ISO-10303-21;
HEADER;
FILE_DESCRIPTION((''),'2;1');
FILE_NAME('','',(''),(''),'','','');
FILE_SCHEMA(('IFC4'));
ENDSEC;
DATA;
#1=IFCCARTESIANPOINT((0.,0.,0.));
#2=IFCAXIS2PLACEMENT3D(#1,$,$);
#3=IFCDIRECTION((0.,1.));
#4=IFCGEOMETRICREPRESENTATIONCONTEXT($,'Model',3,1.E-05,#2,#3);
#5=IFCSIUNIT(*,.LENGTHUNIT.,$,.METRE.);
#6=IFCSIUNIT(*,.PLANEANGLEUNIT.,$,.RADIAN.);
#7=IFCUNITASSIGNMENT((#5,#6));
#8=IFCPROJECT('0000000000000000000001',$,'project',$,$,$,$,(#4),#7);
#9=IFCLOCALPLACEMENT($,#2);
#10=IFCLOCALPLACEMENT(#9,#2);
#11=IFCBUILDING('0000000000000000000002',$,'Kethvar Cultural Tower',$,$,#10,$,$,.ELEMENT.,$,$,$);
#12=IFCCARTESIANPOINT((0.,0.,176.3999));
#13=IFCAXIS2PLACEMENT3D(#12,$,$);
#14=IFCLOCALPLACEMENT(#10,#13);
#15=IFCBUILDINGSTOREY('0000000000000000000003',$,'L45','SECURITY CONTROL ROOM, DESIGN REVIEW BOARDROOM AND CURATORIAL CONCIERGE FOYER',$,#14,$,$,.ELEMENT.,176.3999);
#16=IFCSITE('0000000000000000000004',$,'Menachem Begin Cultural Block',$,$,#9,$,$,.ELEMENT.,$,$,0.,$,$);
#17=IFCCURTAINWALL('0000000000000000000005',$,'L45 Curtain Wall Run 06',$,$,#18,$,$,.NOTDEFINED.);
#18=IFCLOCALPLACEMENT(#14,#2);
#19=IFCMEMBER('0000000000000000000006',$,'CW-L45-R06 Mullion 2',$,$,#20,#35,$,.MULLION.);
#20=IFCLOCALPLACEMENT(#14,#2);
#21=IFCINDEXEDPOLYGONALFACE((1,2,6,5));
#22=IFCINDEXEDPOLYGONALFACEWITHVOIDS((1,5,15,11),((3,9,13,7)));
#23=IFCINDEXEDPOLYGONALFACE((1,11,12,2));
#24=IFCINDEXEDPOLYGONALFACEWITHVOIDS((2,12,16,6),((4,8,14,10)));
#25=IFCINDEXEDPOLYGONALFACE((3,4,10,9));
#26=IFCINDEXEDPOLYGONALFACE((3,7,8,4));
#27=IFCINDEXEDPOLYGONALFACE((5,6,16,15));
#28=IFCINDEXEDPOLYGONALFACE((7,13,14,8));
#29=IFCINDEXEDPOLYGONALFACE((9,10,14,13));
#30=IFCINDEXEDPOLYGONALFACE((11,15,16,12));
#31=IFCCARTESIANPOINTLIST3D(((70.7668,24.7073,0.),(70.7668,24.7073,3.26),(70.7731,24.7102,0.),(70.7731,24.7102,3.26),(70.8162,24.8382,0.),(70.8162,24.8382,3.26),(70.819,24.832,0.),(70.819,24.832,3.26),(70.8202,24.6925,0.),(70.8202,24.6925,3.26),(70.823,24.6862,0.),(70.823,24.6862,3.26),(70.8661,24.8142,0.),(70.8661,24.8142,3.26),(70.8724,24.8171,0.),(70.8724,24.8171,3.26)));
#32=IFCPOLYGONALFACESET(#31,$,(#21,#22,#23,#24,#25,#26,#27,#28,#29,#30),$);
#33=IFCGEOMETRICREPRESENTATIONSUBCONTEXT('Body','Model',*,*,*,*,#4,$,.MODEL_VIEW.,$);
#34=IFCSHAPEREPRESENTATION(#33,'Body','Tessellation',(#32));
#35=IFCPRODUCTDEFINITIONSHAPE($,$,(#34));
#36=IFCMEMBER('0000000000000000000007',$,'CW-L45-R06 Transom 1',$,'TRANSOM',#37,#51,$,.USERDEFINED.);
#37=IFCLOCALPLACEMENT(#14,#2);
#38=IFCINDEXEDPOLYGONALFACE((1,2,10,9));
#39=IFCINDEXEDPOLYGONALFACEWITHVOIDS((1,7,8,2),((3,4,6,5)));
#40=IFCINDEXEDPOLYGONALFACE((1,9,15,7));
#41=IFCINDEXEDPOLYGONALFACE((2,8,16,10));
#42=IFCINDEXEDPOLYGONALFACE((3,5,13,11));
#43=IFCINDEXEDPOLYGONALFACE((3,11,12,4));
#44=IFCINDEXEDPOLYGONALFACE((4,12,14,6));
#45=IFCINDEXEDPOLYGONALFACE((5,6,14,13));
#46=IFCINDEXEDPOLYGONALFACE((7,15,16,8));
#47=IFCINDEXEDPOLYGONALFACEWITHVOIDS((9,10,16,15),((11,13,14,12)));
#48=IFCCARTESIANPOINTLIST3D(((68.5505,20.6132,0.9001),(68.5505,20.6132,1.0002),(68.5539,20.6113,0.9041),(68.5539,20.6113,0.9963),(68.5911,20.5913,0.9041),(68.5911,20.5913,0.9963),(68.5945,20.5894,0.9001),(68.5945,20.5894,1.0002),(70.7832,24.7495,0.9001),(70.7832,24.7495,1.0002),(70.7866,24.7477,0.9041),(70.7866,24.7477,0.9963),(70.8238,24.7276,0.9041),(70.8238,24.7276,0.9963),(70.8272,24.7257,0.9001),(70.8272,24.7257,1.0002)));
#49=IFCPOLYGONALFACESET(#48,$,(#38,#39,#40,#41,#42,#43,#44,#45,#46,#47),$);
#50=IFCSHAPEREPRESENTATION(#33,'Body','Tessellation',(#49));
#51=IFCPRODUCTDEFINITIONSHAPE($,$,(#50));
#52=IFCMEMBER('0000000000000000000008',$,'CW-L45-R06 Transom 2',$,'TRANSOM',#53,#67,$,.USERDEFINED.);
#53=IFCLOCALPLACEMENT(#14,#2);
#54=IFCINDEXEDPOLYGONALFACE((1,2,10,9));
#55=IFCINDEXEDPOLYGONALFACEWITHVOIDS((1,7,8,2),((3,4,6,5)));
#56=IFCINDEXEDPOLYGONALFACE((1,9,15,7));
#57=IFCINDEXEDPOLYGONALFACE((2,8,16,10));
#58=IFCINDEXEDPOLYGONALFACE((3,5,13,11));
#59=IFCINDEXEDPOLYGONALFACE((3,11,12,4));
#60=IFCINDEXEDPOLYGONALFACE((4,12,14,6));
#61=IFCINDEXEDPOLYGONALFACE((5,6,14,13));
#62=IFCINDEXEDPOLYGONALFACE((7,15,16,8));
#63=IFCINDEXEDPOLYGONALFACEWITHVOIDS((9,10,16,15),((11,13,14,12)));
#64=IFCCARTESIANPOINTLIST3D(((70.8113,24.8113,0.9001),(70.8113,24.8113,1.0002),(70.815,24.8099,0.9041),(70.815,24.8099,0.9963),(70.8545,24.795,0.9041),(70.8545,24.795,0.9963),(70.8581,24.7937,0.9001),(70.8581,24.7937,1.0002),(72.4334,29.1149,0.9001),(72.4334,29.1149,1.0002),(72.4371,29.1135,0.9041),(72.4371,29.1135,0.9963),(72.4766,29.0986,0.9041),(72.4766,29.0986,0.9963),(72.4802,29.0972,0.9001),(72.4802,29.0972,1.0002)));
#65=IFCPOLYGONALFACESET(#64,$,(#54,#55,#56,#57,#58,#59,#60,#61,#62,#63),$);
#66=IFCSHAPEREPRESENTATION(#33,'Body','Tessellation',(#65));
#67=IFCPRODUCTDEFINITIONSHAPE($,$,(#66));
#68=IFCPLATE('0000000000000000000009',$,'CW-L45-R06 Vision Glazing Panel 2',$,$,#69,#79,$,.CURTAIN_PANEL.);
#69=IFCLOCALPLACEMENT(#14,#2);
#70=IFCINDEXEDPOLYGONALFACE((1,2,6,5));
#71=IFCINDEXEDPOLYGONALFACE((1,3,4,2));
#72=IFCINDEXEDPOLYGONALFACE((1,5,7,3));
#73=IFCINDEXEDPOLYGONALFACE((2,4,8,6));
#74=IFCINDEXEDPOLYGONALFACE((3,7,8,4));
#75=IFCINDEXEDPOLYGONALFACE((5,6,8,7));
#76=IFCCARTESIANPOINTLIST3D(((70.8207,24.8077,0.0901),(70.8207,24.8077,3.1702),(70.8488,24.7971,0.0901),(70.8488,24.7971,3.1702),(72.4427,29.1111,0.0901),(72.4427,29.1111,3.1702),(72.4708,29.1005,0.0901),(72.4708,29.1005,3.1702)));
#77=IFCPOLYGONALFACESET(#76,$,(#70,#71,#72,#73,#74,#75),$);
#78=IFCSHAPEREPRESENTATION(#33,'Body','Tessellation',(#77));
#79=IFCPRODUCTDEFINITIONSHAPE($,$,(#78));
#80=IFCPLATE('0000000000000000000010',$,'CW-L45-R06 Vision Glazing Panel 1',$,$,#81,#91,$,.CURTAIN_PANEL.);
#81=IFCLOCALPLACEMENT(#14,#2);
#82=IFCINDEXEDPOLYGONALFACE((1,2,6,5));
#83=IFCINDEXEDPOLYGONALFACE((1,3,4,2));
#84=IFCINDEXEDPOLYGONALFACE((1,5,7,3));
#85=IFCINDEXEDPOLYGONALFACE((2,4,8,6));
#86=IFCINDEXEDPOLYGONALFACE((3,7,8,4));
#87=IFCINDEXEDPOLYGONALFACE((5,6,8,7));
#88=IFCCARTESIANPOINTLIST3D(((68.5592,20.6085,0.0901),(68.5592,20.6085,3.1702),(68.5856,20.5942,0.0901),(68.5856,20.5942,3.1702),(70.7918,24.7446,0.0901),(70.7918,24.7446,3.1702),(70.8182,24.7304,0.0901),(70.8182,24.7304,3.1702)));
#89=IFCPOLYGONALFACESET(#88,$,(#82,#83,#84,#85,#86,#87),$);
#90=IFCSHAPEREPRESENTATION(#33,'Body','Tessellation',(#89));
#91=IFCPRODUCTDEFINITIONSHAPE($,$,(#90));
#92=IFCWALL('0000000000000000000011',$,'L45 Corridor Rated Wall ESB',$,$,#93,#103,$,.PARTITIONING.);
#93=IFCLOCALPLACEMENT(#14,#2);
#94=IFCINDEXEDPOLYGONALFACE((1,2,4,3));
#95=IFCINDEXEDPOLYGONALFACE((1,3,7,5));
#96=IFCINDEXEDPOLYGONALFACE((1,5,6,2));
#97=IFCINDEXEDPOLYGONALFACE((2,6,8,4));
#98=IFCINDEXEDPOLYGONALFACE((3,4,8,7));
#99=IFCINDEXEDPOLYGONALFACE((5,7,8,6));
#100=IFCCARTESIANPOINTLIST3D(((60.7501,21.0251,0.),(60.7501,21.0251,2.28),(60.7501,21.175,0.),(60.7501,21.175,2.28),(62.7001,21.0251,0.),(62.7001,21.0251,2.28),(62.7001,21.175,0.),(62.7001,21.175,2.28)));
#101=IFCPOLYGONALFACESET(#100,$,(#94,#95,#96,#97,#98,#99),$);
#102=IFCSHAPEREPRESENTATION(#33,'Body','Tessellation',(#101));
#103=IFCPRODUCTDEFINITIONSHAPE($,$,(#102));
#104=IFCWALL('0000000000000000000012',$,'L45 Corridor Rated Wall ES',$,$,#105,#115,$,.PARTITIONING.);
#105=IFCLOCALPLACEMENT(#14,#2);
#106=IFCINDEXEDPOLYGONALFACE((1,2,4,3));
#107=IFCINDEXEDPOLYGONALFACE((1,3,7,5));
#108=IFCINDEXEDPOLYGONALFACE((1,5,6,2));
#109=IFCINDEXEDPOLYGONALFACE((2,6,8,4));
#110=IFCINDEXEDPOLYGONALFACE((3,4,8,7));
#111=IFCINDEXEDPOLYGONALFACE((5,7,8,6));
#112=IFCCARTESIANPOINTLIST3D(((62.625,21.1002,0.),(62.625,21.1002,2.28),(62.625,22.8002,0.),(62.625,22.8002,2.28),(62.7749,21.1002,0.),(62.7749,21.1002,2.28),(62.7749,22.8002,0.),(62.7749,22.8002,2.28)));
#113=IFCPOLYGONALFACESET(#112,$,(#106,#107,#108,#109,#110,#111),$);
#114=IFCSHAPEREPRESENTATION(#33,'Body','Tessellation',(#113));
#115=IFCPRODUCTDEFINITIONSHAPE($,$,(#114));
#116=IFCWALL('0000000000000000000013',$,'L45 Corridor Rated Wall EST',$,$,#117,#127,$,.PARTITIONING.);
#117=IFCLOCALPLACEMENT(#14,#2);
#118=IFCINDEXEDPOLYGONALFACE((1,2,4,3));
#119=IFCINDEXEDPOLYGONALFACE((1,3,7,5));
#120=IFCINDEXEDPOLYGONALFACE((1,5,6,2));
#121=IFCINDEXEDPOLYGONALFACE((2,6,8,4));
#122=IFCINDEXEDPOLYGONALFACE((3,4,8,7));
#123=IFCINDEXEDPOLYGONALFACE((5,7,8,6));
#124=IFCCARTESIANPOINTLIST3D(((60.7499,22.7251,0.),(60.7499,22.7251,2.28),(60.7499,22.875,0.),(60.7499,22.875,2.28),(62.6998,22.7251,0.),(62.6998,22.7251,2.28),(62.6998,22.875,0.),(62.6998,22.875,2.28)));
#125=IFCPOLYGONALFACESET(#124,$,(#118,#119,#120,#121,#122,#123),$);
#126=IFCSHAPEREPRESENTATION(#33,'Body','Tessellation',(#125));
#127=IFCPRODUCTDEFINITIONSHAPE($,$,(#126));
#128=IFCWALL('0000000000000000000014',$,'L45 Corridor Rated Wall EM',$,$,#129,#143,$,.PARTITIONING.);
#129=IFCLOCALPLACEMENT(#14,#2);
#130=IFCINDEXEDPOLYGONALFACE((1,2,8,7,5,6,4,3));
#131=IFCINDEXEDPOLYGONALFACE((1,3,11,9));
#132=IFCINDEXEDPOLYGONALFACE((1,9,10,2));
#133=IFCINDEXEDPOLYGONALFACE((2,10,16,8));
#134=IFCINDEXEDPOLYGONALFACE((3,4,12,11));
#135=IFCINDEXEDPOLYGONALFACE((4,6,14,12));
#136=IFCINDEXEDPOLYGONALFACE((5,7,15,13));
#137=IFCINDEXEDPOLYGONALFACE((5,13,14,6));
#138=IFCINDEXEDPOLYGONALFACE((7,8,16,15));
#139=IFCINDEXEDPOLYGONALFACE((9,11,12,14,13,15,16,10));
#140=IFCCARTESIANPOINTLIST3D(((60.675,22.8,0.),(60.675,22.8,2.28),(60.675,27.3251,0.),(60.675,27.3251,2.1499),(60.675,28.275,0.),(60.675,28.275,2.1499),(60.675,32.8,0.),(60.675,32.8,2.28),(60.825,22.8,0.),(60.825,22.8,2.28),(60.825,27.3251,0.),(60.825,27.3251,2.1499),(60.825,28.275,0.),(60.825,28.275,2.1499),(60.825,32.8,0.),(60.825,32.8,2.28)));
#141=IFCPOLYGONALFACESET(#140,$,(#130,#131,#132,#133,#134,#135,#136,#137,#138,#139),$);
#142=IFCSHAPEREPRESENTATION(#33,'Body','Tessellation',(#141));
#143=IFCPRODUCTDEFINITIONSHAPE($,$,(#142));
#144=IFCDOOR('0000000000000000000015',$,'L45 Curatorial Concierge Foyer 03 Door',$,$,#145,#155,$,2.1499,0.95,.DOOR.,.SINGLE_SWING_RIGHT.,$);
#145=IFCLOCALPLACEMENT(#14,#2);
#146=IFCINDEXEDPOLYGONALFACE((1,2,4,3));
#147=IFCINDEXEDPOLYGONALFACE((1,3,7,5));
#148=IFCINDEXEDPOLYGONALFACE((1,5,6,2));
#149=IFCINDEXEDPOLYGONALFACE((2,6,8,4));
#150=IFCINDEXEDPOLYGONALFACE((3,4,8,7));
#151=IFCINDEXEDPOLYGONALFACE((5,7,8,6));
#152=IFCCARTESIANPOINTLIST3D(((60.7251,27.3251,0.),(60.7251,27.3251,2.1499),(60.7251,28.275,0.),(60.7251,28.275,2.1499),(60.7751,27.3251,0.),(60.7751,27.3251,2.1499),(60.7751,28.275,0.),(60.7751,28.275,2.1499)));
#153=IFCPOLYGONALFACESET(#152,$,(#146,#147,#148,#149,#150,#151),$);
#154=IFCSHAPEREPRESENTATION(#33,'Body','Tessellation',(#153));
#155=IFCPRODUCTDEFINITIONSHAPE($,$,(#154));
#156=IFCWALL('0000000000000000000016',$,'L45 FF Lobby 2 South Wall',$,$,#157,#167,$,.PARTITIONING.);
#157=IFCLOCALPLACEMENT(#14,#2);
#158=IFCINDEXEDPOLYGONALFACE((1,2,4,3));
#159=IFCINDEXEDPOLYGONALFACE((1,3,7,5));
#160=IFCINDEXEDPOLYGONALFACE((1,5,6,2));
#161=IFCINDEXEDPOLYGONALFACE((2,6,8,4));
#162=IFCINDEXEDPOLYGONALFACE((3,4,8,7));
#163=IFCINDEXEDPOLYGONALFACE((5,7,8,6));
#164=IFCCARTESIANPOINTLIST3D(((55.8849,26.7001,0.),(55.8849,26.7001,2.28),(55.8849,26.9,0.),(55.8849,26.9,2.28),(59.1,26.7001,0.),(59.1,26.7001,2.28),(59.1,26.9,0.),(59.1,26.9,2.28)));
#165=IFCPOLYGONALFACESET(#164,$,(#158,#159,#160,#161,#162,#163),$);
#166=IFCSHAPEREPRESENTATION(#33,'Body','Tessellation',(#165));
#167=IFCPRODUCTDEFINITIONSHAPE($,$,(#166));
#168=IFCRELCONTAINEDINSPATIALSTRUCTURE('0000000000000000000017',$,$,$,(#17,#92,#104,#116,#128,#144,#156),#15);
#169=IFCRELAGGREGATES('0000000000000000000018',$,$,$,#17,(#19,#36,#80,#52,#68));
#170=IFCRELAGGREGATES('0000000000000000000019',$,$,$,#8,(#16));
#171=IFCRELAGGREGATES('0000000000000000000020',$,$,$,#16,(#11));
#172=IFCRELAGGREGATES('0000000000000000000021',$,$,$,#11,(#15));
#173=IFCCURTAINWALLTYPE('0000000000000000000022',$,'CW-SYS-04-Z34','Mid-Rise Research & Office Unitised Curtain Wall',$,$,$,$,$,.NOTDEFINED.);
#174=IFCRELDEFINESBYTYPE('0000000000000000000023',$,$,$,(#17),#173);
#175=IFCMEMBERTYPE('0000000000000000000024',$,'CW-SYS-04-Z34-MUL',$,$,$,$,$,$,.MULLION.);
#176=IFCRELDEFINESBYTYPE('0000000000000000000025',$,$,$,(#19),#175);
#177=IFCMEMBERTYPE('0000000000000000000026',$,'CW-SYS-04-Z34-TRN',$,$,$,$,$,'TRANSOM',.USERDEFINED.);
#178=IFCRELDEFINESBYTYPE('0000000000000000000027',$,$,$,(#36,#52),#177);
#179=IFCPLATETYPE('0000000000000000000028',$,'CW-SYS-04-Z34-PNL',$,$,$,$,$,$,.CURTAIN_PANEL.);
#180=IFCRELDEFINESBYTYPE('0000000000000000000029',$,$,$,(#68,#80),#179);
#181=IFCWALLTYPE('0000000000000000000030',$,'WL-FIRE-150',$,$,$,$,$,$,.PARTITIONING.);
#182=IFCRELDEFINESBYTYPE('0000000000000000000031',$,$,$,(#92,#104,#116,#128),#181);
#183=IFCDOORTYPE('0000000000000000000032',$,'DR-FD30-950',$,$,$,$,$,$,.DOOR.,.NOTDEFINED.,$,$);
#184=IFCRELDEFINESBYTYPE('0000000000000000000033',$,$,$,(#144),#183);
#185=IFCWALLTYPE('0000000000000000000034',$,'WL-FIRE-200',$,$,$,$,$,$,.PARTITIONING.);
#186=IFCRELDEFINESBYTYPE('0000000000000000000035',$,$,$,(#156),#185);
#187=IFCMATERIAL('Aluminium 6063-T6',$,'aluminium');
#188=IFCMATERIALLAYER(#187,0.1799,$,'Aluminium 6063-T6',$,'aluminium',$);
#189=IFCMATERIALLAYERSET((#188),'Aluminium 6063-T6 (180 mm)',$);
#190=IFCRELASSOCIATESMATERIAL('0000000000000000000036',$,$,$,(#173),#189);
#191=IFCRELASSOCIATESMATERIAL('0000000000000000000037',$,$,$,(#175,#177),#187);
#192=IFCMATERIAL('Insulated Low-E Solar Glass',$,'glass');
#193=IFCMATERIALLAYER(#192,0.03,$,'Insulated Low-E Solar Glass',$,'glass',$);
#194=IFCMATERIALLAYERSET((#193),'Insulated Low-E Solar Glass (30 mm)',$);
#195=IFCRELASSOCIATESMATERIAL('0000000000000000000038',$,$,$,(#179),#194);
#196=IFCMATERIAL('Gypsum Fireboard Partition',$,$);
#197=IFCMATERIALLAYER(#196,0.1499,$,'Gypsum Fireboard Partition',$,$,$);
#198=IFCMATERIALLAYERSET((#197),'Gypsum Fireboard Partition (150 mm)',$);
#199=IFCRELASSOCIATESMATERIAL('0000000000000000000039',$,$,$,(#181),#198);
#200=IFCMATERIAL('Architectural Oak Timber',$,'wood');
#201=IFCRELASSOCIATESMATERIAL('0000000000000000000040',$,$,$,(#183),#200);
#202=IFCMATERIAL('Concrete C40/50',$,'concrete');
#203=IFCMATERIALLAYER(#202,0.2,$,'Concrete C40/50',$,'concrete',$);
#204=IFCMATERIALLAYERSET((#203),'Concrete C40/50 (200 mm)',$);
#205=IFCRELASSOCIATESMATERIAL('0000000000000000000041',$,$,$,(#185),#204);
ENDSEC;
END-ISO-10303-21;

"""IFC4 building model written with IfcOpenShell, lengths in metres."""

from ifc_helpers import new_model, si_unit, direction, frame, frame_2d, origin, origin_2d, place, context, subcontext, project, spatial, rectangle, hollow_rectangle, extrude, source, transform, mapped, material, layer, layer_set, material_profile, profile_set, type_object, element, fill, aggregate, save


model = new_model("IFC4")

# Units and contexts
model_context = context("Model", 3, precision=1e-05, world=origin(), true_north=direction((0.0, 1.0)))
body_context = subcontext(model_context, "Body", "Model", "MODEL_VIEW")
ifc_project = project(units=[si_unit("LENGTHUNIT", "METRE"), si_unit("PLANEANGLEUNIT", "RADIAN")], contexts=[model_context])

# Site, building, storey
site_placement = place(None, origin())
site = spatial("IfcSite", under=ifc_project, at=site_placement, Name="Menachem Begin Cultural Block", CompositionType="ELEMENT", RefElevation=0.0)
building_placement = place(site_placement, origin())
building = spatial("IfcBuilding", under=site, at=building_placement, Name="Kethvar Cultural Tower", CompositionType="ELEMENT")
storey_placement = place(building_placement, frame((0.0, 0.0, 176.3999)))
storey = spatial("IfcBuildingStorey", under=building, at=storey_placement, Name="L45", Description="SECURITY CONTROL ROOM, DESIGN REVIEW BOARDROOM AND CURATORIAL CONCIERGE FOYER", CompositionType="ELEMENT", Elevation=176.3999)

# Shared definitions
ifc_material_1 = material(Name="Aluminium 6063-T6", Category="aluminium")
ifc_layer_1 = layer(ifc_material_1, 0.1799, Name="Aluminium 6063-T6", Category="aluminium")
ifc_layer_set_1 = layer_set([ifc_layer_1], Name="Aluminium 6063-T6 (180 mm)")
curtain_wall_type = type_object("IfcCurtainWallType", Name="CW-SYS-04-Z34", Description="Mid-Rise Research & Office Unitised Curtain Wall", PredefinedType="NOTDEFINED", material=ifc_layer_set_1)
ifc_material_profile_1 = material_profile(ifc_material_1, hollow_rectangle(XDim=0.0601, YDim=0.1399, WallThickness=0.0049, at=origin_2d()), Name="Aluminium 6063-T6 — RHS140x60x5")
ifc_profile_set_1 = profile_set([ifc_material_profile_1], Name="Aluminium 6063-T6 — RHS140x60x5")
member_type_1 = type_object("IfcMemberType", Name="CW-SYS-04-Z34-MUL", PredefinedType="MULLION", material=ifc_profile_set_1)
shared_shape_1 = source(origin(), body_context, "Body", "SweptSolid", [
    extrude(hollow_rectangle(XDim=0.0601, YDim=0.1399, WallThickness=0.0049, at=origin_2d()), origin(), (0.0, 0.0, 1.0), 3.26),
])

# Curtain wall, members, plates
curtain_wall_1_placement = place(storey_placement, origin())
curtain_wall_1 = element("IfcCurtainWall", 1, at=curtain_wall_1_placement, inside=storey, type_object=curtain_wall_type, Name="L45 Curtain Wall Run 06", PredefinedType="NOTDEFINED")
member_1_placement = place(storey_placement, frame((70.8196, 24.7622, 0.0), z_axis=(0.0, 0.0, 1.0), x_axis=(-0.935734, 0.352707, 0.0)))
member_1 = element("IfcMember", 2, at=member_1_placement, type_object=member_type_1, Name="CW-L45-R06 Mullion 2", PredefinedType="MULLION", context=body_context, shape_type="MappedRepresentation", body=[
    mapped(shared_shape_1, transform((0.0, 0.0, 0.0), scale=1.0)),
])
ifc_material_profile_2 = material_profile(ifc_material_1, hollow_rectangle(XDim=0.05, YDim=0.1001, WallThickness=0.0039, at=origin_2d()), Name="Aluminium 6063-T6 — RHS100x50x4")
ifc_profile_set_2 = profile_set([ifc_material_profile_2], Name="Aluminium 6063-T6 — RHS100x50x4")
member_type_2 = type_object("IfcMemberType", Name="CW-SYS-04-Z34-TRN", ElementType="TRANSOM", PredefinedType="USERDEFINED", material=ifc_profile_set_2)
shared_shape_2 = source(origin(), body_context, "Body", "SweptSolid", [
    extrude(hollow_rectangle(XDim=0.05, YDim=0.1001, WallThickness=0.0039, at=origin_2d()), origin(), (0.0, 0.0, 1.0), 4.7004),
])
member_2_placement = place(storey_placement, frame((68.5725, 20.6013, 0.9502), z_axis=(0.475001, 0.879985, 0.0), x_axis=(-0.879985, 0.475001, 0.0)))
member_2 = element("IfcMember", 3, at=member_2_placement, type_object=member_type_2, Name="CW-L45-R06 Transom 1", ObjectType="TRANSOM", PredefinedType="USERDEFINED", context=body_context, shape_type="MappedRepresentation", body=[
    mapped(shared_shape_2, transform((0.0, 0.0, 0.0), scale=1.0)),
])
shared_shape_3 = source(origin(), body_context, "Body", "SweptSolid", [
    extrude(hollow_rectangle(XDim=0.05, YDim=0.1001, WallThickness=0.0039, at=origin_2d()), origin(), (0.0, 0.0, 1.0), 4.5991),
])
member_3_placement = place(storey_placement, frame((70.8347, 24.8025, 0.9502), z_axis=(0.3527, 0.935737, 0.0), x_axis=(-0.935737, 0.3527, 0.0)))
member_3 = element("IfcMember", 4, at=member_3_placement, type_object=member_type_2, Name="CW-L45-R06 Transom 2", ObjectType="TRANSOM", PredefinedType="USERDEFINED", context=body_context, shape_type="MappedRepresentation", body=[
    mapped(shared_shape_3, transform((0.0, 0.0, 0.0), scale=1.0)),
])
ifc_material_2 = material(Name="Insulated Low-E Solar Glass", Category="glass")
ifc_layer_2 = layer(ifc_material_2, 0.03, Name="Insulated Low-E Solar Glass", Category="glass")
ifc_layer_set_2 = layer_set([ifc_layer_2], Name="Insulated Low-E Solar Glass (30 mm)")
plate_type = type_object("IfcPlateType", Name="CW-SYS-04-Z34-PNL", PredefinedType="CURTAIN_PANEL", material=ifc_layer_set_2)
shared_shape_4 = source(origin(), body_context, "Body", "SweptSolid", [
    extrude(rectangle(XDim=4.5989, YDim=0.03, at=origin_2d()), origin(), (0.0, 0.0, 1.0), 3.0801),
])
plate_1_placement = place(storey_placement, frame((71.6458, 26.9541, 0.0901), z_axis=(0.0, 0.0, 1.0), x_axis=(0.352707, 0.935734, 0.0)))
plate_1 = element("IfcPlate", 5, at=plate_1_placement, type_object=plate_type, Name="CW-L45-R06 Vision Glazing Panel 2", PredefinedType="CURTAIN_PANEL", context=body_context, shape_type="MappedRepresentation", body=[
    mapped(shared_shape_4, transform((0.0, 0.0, 0.0), scale=1.0)),
])
shared_shape_5 = source(origin(), body_context, "Body", "SweptSolid", [
    extrude(rectangle(XDim=4.7002, YDim=0.03, at=origin_2d()), origin(), (0.0, 0.0, 1.0), 3.0801),
])
plate_2_placement = place(storey_placement, frame((69.6887, 22.6694, 0.0901), z_axis=(0.0, 0.0, 1.0), x_axis=(0.474995, 0.879989, 0.0)))
plate_2 = element("IfcPlate", 6, at=plate_2_placement, type_object=plate_type, Name="CW-L45-R06 Vision Glazing Panel 1", PredefinedType="CURTAIN_PANEL", context=body_context, shape_type="MappedRepresentation", body=[
    mapped(shared_shape_5, transform((0.0, 0.0, 0.0), scale=1.0)),
])
aggregate(curtain_wall_1, [member_1, member_2, plate_2, member_3, plate_1])

# Walls
ifc_material_3 = material(Name="Gypsum Fireboard Partition")
ifc_layer_3 = layer(ifc_material_3, 0.1499, Name="Gypsum Fireboard Partition")
ifc_layer_set_3 = layer_set([ifc_layer_3], Name="Gypsum Fireboard Partition (150 mm)")
wall_type_1 = type_object("IfcWallType", Name="WL-FIRE-150", PredefinedType="PARTITIONING", material=ifc_layer_set_3)
wall_1_placement = place(storey_placement, frame((60.75, 21.1001, 0.0), z_axis=(0.0, 0.0, 1.0), x_axis=(1.0, 0.0, 0.0)))
element("IfcWall", 7, at=wall_1_placement, inside=storey, type_object=wall_type_1, Name="L45 Corridor Rated Wall ESB", PredefinedType="PARTITIONING", context=body_context, shape_type="SweptSolid", body=[
    extrude(rectangle(XDim=1.95, YDim=0.1499, at=frame_2d((0.9751, 0.0))), origin(), (0.0, 0.0, 1.0), 2.28),
])
wall_2_placement = place(storey_placement, frame((62.7, 21.1001, 0.0), z_axis=(0.0, 0.0, 1.0), x_axis=(0.0, 1.0, 0.0)))
element("IfcWall", 8, at=wall_2_placement, inside=storey, type_object=wall_type_1, Name="L45 Corridor Rated Wall ES", PredefinedType="PARTITIONING", context=body_context, shape_type="SweptSolid", body=[
    extrude(rectangle(XDim=1.7, YDim=0.1499, at=frame_2d((0.8501, 0.0))), origin(), (0.0, 0.0, 1.0), 2.28),
])
wall_3_placement = place(storey_placement, frame((62.7, 22.8, 0.0), z_axis=(0.0, 0.0, 1.0), x_axis=(-1.0, 0.0, 0.0)))
element("IfcWall", 9, at=wall_3_placement, inside=storey, type_object=wall_type_1, Name="L45 Corridor Rated Wall EST", PredefinedType="PARTITIONING", context=body_context, shape_type="SweptSolid", body=[
    extrude(rectangle(XDim=1.95, YDim=0.1499, at=frame_2d((0.9751, 0.0))), origin(), (0.0, 0.0, 1.0), 2.28),
])

# Wall, opening, door
wall_4_placement = place(storey_placement, frame((60.75, 22.8, 0.0), z_axis=(0.0, 0.0, 1.0), x_axis=(0.0, 1.0, 0.0)))
wall_4 = element("IfcWall", 10, at=wall_4_placement, inside=storey, type_object=wall_type_1, Name="L45 Corridor Rated Wall EM", PredefinedType="PARTITIONING", context=body_context, shape_type="SweptSolid", body=[
    extrude(rectangle(XDim=10.0, YDim=0.1499, at=frame_2d((5.0, 0.0))), origin(), (0.0, 0.0, 1.0), 2.28),
])
opening_1_placement = place(wall_4_placement, frame((4.5249, 0.0, 0.0)))
opening_1 = element("IfcOpeningElement", 11, at=opening_1_placement, cuts=wall_4, PredefinedType="OPENING", context=body_context, shape_type="SweptSolid", body=[
    extrude(rectangle(XDim=0.95, YDim=2.1499, at=frame_2d((0.4751, 1.075))), frame((0.0, 0.085, 0.0), z_axis=(0.0, -1.0, 0.0), x_axis=(1.0, 0.0, 0.0)), (0.0, 0.0, 1.0), 0.1699),
])
ifc_material_4 = material(Name="Architectural Oak Timber", Category="wood")
door_type_1 = type_object("IfcDoorType", Name="DR-FD30-950", OperationType="NOTDEFINED", PredefinedType="DOOR", material=ifc_material_4)
shared_shape_6 = source(origin(), body_context, "Body", "SweptSolid", [
    extrude(rectangle(XDim=0.95, YDim=2.1499, at=frame_2d((0.4751, 1.075))), frame((0.0, 0.0249, 0.0), z_axis=(0.0, -1.0, 0.0), x_axis=(1.0, 0.0, 0.0)), (0.0, 0.0, 1.0), 0.05),
])
door_1_placement = place(opening_1_placement, origin())
door_1 = element("IfcDoor", 12, at=door_1_placement, inside=storey, type_object=door_type_1, Name="L45 Curatorial Concierge Foyer 03 Door", OperationType="SINGLE_SWING_RIGHT", OverallHeight=2.1499, OverallWidth=0.95, PredefinedType="DOOR", context=body_context, shape_type="MappedRepresentation", body=[
    mapped(shared_shape_6, transform((0.0, 0.0, 0.0), scale=1.0)),
])
fill(opening_1, door_1)
ifc_material_5 = material(Name="Concrete C40/50", Category="concrete")
ifc_layer_4 = layer(ifc_material_5, 0.2, Name="Concrete C40/50", Category="concrete")
ifc_layer_set_4 = layer_set([ifc_layer_4], Name="Concrete C40/50 (200 mm)")
wall_type_2 = type_object("IfcWallType", Name="WL-FIRE-200", PredefinedType="PARTITIONING", material=ifc_layer_set_4)

# Wall
wall_5_placement = place(storey_placement, frame((55.885, 26.8, 0.0), z_axis=(0.0, 0.0, 1.0), x_axis=(1.0, 0.0, 0.0)))
element("IfcWall", 13, at=wall_5_placement, inside=storey, type_object=wall_type_2, Name="L45 FF Lobby 2 South Wall", PredefinedType="PARTITIONING", context=body_context, shape_type="SweptSolid", body=[
    extrude(rectangle(XDim=3.2151, YDim=0.2, at=frame_2d((1.6074, 0.0))), origin(), (0.0, 0.0, 1.0), 2.28),
])

save(model, "model.ifc")
